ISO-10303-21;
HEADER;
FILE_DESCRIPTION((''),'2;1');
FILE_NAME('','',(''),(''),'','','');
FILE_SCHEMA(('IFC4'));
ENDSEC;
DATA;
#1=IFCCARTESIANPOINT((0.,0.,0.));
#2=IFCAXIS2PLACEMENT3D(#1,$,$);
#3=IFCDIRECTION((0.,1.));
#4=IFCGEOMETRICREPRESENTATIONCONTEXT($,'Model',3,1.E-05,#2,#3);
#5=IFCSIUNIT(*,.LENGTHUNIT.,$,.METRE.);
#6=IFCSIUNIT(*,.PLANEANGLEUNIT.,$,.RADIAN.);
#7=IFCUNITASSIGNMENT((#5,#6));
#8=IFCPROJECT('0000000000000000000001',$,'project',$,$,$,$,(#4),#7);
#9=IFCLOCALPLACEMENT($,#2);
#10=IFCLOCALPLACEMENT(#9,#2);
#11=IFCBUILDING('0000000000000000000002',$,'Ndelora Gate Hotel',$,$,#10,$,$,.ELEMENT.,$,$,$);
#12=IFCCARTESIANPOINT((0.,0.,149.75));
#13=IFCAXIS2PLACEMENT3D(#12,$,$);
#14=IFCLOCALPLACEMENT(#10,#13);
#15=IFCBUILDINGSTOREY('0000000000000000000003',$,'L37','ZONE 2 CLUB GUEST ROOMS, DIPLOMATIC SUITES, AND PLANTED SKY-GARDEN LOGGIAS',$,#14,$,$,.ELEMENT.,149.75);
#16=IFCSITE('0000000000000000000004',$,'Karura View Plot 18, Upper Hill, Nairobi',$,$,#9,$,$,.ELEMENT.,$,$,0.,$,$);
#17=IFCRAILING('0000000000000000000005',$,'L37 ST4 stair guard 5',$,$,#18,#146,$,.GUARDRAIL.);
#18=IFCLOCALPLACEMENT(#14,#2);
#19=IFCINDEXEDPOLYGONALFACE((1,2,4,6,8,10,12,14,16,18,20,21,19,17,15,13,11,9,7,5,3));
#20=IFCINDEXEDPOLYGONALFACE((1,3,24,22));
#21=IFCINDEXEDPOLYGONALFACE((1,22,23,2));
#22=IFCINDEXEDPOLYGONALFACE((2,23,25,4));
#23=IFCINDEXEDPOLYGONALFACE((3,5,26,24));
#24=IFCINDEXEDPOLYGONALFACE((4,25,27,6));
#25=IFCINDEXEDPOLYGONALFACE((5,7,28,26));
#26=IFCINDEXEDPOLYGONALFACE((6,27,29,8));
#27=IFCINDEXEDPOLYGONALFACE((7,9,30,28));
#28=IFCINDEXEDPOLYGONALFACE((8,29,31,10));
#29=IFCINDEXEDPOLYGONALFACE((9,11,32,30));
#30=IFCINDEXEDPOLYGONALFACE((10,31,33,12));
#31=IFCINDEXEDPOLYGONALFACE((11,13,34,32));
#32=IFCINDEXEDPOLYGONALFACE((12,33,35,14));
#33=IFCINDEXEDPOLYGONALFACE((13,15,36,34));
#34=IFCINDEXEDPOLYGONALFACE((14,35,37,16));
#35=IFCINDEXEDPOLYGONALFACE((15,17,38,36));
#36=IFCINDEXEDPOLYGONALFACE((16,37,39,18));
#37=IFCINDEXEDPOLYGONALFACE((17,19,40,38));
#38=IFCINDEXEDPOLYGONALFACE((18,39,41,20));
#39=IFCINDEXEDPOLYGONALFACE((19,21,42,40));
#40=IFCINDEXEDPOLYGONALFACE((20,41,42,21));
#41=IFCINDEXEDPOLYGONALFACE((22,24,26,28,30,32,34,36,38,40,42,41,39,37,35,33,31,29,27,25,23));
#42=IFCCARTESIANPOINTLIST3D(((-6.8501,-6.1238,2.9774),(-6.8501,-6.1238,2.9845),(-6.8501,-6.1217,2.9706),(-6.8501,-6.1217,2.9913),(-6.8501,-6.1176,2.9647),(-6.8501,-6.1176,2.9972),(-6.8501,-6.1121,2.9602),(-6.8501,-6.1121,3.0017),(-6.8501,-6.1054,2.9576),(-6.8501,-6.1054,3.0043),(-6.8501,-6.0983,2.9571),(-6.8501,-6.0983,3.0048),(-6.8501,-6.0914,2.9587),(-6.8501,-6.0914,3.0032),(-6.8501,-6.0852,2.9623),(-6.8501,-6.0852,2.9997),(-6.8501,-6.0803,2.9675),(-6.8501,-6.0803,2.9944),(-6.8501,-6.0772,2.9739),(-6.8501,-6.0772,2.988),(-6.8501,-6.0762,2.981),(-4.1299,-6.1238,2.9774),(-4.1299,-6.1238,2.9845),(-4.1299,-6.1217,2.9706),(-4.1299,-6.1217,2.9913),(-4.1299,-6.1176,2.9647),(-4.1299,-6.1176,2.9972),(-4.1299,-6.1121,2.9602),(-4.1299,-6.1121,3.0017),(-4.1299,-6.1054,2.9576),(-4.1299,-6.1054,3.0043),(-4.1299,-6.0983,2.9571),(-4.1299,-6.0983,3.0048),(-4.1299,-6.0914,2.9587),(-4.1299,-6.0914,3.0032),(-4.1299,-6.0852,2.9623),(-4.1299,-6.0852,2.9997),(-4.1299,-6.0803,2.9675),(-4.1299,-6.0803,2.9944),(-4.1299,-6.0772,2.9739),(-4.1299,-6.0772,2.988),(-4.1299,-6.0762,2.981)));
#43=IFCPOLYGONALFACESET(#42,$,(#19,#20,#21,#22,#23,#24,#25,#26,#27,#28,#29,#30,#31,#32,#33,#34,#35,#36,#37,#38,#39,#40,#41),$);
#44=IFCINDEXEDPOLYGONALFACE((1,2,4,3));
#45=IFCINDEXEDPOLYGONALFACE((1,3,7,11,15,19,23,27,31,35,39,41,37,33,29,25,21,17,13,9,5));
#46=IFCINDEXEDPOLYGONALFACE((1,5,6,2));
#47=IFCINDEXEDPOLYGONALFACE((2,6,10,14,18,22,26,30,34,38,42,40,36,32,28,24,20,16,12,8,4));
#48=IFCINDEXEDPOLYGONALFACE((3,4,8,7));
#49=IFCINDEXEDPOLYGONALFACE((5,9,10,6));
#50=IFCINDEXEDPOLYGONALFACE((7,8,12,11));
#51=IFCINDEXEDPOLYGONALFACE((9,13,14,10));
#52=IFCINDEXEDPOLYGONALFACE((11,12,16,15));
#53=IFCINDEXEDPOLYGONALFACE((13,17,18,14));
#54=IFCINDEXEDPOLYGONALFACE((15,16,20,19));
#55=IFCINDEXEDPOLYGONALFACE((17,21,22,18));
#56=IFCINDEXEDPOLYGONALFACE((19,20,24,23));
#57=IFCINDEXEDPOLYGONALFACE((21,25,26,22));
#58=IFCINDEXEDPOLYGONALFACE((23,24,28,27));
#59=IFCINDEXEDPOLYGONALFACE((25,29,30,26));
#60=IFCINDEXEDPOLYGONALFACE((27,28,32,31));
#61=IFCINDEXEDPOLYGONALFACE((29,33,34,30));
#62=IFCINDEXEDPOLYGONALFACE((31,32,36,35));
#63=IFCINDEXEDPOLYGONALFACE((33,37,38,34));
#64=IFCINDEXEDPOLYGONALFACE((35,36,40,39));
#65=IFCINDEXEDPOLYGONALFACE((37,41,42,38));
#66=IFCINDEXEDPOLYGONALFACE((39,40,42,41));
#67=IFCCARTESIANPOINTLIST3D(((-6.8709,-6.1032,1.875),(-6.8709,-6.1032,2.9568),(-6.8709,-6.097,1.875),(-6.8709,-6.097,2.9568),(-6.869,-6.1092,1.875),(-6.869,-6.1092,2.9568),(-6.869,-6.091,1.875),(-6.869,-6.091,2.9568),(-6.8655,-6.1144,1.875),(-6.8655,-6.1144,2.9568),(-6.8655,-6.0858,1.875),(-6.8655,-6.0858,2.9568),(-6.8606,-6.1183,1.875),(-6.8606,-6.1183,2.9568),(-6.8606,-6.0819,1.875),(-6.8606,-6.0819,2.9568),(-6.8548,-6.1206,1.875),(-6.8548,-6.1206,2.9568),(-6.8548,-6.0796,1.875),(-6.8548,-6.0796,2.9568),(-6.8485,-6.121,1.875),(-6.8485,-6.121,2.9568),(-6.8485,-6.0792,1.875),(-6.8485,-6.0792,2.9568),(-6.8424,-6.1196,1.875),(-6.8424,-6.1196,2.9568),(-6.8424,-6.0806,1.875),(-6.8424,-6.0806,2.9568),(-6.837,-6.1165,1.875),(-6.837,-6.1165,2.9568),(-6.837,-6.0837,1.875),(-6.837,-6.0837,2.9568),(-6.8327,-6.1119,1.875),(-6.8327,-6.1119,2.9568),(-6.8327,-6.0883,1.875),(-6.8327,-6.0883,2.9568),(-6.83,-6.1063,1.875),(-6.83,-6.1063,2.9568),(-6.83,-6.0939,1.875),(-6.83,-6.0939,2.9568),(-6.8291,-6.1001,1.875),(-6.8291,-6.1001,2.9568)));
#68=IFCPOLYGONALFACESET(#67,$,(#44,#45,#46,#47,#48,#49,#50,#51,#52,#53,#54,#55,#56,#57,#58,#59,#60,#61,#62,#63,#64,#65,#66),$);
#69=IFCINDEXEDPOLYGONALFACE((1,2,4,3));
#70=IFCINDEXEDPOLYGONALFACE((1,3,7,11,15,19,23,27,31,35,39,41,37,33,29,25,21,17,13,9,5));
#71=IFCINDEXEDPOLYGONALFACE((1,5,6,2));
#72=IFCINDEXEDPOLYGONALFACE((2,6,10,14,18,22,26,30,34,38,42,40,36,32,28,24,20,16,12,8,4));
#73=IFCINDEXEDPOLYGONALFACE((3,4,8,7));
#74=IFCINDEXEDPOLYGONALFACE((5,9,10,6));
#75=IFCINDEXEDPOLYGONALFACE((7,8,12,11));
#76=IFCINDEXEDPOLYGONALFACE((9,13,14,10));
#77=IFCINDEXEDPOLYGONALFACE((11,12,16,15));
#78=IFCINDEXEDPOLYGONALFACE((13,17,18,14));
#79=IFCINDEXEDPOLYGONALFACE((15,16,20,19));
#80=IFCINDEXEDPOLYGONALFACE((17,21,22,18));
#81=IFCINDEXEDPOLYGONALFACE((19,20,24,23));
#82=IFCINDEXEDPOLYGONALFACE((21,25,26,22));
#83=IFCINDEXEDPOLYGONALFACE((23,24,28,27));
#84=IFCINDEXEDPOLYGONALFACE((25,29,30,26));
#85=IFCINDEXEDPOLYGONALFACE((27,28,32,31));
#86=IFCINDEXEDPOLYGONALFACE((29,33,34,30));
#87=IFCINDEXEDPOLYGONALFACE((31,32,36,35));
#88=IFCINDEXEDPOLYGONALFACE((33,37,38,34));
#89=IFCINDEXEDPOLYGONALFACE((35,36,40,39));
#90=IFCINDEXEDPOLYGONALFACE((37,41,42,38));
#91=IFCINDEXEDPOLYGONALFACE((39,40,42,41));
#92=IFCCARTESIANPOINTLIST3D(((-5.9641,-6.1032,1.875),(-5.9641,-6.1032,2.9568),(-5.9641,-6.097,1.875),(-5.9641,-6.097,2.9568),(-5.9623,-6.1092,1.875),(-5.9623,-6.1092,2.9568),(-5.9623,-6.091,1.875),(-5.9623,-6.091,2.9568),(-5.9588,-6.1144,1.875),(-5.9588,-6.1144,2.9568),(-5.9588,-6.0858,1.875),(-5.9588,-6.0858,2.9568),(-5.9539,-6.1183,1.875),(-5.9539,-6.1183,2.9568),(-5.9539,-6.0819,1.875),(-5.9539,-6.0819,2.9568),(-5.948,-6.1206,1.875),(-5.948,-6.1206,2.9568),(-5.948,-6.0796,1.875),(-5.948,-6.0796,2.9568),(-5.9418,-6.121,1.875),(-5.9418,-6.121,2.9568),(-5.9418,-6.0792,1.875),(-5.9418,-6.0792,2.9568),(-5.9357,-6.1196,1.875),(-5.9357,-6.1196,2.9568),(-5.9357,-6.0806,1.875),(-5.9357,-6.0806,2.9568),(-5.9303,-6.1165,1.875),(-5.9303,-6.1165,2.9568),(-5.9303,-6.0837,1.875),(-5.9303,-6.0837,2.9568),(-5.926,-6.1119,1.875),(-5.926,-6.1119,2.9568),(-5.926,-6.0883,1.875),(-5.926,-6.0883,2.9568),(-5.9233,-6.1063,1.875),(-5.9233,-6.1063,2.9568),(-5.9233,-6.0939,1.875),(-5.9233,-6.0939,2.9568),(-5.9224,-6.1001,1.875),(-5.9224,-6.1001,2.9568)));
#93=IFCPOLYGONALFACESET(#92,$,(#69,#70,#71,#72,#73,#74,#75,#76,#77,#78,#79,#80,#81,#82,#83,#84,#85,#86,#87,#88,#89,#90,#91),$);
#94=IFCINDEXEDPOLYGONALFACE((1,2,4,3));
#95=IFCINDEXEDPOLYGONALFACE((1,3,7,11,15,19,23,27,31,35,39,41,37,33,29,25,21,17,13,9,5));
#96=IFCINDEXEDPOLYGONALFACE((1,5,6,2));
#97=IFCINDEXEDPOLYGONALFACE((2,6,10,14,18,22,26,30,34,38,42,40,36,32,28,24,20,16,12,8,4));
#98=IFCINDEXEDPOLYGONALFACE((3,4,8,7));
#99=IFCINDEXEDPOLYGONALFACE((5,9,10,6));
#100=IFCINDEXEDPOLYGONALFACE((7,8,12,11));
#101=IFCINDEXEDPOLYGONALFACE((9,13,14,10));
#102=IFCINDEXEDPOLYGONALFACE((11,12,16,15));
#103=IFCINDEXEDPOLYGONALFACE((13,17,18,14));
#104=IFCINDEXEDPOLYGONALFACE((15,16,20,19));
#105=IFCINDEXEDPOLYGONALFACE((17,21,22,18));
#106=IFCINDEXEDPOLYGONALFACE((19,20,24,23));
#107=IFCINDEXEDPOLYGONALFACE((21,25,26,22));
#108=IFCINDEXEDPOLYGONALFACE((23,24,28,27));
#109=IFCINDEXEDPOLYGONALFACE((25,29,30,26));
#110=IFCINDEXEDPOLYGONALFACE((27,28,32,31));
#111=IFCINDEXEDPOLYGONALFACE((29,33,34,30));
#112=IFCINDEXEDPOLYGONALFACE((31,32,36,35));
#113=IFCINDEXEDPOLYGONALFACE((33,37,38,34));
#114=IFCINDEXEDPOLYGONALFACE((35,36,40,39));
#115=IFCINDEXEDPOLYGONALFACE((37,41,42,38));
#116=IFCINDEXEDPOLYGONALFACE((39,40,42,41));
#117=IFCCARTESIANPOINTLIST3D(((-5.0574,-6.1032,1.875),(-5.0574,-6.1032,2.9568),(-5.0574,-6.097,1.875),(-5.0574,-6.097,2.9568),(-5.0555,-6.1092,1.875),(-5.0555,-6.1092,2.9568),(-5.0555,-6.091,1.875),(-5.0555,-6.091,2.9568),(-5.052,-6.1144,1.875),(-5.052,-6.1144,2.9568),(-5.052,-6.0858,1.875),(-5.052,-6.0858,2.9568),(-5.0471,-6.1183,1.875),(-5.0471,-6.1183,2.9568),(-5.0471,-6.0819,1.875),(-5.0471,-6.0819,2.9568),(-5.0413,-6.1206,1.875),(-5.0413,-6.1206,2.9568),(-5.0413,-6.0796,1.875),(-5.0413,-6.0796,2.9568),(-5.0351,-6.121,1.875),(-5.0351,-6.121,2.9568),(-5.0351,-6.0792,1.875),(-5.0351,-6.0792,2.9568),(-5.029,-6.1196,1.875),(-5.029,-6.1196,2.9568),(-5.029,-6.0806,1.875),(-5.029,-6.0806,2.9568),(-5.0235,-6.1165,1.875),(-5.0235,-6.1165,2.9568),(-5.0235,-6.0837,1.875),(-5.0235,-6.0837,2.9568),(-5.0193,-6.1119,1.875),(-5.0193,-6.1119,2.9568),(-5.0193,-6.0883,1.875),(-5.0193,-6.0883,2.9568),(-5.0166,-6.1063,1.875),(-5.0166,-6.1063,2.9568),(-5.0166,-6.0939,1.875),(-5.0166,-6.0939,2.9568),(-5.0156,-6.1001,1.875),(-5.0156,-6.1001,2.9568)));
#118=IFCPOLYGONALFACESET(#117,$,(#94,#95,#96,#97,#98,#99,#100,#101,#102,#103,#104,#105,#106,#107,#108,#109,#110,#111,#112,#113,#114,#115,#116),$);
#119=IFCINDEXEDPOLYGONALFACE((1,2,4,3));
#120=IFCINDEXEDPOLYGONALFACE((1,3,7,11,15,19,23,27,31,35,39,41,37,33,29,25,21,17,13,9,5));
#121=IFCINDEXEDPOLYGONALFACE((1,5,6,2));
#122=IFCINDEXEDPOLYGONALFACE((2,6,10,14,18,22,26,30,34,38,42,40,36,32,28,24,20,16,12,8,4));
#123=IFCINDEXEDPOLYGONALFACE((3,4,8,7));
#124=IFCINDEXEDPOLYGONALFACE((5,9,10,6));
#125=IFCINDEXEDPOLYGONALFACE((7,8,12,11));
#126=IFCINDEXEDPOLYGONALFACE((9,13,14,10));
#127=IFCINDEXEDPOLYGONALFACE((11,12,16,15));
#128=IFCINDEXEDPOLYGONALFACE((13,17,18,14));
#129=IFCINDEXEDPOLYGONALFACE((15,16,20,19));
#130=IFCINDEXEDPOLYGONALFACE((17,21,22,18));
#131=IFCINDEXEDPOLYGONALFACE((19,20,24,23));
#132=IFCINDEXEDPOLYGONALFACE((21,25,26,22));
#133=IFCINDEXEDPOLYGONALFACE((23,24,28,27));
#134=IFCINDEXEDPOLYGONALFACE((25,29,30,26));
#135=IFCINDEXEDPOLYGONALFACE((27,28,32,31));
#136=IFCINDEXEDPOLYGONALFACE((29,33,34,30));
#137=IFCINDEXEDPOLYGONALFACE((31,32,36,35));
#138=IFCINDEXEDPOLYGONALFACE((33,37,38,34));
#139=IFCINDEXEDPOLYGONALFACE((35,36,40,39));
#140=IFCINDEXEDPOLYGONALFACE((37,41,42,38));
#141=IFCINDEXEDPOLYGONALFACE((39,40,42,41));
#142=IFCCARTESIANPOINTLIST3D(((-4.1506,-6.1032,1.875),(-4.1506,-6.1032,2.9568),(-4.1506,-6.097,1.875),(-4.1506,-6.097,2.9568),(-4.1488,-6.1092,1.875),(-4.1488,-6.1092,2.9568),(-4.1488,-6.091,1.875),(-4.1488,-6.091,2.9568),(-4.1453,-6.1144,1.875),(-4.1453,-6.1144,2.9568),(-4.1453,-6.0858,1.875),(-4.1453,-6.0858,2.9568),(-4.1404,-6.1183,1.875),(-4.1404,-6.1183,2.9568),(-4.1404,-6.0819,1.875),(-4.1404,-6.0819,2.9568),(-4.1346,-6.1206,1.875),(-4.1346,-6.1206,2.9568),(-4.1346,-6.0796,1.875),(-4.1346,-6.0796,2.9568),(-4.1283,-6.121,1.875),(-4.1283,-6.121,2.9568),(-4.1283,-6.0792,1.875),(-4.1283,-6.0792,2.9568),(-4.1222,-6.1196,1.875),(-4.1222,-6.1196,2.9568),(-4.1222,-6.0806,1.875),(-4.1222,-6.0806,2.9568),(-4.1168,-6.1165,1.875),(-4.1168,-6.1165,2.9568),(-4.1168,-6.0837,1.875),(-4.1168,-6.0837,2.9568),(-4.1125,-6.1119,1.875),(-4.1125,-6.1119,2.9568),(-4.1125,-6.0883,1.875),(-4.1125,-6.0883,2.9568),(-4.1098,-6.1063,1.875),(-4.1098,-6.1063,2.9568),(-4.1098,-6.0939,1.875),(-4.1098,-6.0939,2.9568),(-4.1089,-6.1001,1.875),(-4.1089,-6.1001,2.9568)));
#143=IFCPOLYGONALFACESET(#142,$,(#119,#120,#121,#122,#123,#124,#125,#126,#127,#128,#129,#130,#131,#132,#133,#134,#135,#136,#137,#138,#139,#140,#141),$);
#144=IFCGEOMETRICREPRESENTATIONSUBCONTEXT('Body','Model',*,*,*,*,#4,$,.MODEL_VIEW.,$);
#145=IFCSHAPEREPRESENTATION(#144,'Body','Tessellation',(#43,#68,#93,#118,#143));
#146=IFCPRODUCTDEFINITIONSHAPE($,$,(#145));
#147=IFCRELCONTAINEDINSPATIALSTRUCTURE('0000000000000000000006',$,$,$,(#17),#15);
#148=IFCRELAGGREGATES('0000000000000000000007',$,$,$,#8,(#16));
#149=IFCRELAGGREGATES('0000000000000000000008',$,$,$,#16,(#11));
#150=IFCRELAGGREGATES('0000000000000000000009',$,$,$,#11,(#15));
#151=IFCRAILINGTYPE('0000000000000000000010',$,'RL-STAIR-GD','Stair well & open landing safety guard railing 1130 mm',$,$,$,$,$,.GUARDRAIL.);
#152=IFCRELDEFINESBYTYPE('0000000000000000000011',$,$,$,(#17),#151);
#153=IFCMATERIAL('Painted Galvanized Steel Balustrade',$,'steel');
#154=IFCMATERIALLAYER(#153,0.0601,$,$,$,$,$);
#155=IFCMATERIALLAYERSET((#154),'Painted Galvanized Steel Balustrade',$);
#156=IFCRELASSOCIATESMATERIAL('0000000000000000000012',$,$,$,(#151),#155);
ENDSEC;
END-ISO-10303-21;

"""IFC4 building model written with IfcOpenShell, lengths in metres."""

from ifc_helpers import new_model, si_unit, direction, frame, origin, origin_2d, place, context, subcontext, project, spatial, circle, extrude, material, layer, layer_set, type_object, element, save


model = new_model("IFC4")

# Units and contexts
model_context = context("Model", 3, precision=1e-05, world=origin(), true_north=direction((0.0, 1.0)))
body_context = subcontext(model_context, "Body", "Model", "MODEL_VIEW")
ifc_project = project(units=[si_unit("LENGTHUNIT", "METRE"), si_unit("PLANEANGLEUNIT", "RADIAN")], contexts=[model_context])

# Site, building, storey
site_placement = place(None, origin())
site = spatial("IfcSite", under=ifc_project, at=site_placement, Name="Karura View Plot 18, Upper Hill, Nairobi", CompositionType="ELEMENT", RefElevation=0.0)
building_placement = place(site_placement, origin())
building = spatial("IfcBuilding", under=site, at=building_placement, Name="Ndelora Gate Hotel", CompositionType="ELEMENT")
storey_placement = place(building_placement, frame((0.0, 0.0, 149.75)))
storey = spatial("IfcBuildingStorey", under=building, at=storey_placement, Name="L37", Description="ZONE 2 CLUB GUEST ROOMS, DIPLOMATIC SUITES, AND PLANTED SKY-GARDEN LOGGIAS", CompositionType="ELEMENT", Elevation=149.75)

# Railing
ifc_material_1 = material(Name="Painted Galvanized Steel Balustrade", Category="steel")
ifc_layer_1 = layer(ifc_material_1, 0.0601)
ifc_layer_set_1 = layer_set([ifc_layer_1], Name="Painted Galvanized Steel Balustrade")
railing_type_1 = type_object("IfcRailingType", Name="RL-STAIR-GD", Description="Stair well & open landing safety guard railing 1130 mm", PredefinedType="GUARDRAIL", material=ifc_layer_set_1)
railing_1_placement = place(storey_placement, frame((-6.8501, -6.1001, 1.875)))
element("IfcRailing", 1, at=railing_1_placement, inside=storey, type_object=railing_type_1, Name="L37 ST4 stair guard 5", PredefinedType="GUARDRAIL", context=body_context, shape_type="SweptSolid", body=[
    extrude(circle(Radius=0.0239, at=origin_2d()), frame((0.0, 0.0, 1.106), z_axis=(1.0, 0.0, 0.0), x_axis=(0.0, 1.0, 0.0)), (0.0, 0.0, 1.0), 2.7202),
    extrude(circle(Radius=0.021, at=origin_2d()), origin(), (0.0, 0.0, 1.0), 1.0818),
    extrude(circle(Radius=0.021, at=origin_2d()), frame((0.9067, 0.0, 0.0)), (0.0, 0.0, 1.0), 1.0818),
    extrude(circle(Radius=0.021, at=origin_2d()), frame((1.8135, 0.0, 0.0)), (0.0, 0.0, 1.0), 1.0818),
    extrude(circle(Radius=0.021, at=origin_2d()), frame((2.7202, 0.0, 0.0)), (0.0, 0.0, 1.0), 1.0818),
])

save(model, "model.ifc")
